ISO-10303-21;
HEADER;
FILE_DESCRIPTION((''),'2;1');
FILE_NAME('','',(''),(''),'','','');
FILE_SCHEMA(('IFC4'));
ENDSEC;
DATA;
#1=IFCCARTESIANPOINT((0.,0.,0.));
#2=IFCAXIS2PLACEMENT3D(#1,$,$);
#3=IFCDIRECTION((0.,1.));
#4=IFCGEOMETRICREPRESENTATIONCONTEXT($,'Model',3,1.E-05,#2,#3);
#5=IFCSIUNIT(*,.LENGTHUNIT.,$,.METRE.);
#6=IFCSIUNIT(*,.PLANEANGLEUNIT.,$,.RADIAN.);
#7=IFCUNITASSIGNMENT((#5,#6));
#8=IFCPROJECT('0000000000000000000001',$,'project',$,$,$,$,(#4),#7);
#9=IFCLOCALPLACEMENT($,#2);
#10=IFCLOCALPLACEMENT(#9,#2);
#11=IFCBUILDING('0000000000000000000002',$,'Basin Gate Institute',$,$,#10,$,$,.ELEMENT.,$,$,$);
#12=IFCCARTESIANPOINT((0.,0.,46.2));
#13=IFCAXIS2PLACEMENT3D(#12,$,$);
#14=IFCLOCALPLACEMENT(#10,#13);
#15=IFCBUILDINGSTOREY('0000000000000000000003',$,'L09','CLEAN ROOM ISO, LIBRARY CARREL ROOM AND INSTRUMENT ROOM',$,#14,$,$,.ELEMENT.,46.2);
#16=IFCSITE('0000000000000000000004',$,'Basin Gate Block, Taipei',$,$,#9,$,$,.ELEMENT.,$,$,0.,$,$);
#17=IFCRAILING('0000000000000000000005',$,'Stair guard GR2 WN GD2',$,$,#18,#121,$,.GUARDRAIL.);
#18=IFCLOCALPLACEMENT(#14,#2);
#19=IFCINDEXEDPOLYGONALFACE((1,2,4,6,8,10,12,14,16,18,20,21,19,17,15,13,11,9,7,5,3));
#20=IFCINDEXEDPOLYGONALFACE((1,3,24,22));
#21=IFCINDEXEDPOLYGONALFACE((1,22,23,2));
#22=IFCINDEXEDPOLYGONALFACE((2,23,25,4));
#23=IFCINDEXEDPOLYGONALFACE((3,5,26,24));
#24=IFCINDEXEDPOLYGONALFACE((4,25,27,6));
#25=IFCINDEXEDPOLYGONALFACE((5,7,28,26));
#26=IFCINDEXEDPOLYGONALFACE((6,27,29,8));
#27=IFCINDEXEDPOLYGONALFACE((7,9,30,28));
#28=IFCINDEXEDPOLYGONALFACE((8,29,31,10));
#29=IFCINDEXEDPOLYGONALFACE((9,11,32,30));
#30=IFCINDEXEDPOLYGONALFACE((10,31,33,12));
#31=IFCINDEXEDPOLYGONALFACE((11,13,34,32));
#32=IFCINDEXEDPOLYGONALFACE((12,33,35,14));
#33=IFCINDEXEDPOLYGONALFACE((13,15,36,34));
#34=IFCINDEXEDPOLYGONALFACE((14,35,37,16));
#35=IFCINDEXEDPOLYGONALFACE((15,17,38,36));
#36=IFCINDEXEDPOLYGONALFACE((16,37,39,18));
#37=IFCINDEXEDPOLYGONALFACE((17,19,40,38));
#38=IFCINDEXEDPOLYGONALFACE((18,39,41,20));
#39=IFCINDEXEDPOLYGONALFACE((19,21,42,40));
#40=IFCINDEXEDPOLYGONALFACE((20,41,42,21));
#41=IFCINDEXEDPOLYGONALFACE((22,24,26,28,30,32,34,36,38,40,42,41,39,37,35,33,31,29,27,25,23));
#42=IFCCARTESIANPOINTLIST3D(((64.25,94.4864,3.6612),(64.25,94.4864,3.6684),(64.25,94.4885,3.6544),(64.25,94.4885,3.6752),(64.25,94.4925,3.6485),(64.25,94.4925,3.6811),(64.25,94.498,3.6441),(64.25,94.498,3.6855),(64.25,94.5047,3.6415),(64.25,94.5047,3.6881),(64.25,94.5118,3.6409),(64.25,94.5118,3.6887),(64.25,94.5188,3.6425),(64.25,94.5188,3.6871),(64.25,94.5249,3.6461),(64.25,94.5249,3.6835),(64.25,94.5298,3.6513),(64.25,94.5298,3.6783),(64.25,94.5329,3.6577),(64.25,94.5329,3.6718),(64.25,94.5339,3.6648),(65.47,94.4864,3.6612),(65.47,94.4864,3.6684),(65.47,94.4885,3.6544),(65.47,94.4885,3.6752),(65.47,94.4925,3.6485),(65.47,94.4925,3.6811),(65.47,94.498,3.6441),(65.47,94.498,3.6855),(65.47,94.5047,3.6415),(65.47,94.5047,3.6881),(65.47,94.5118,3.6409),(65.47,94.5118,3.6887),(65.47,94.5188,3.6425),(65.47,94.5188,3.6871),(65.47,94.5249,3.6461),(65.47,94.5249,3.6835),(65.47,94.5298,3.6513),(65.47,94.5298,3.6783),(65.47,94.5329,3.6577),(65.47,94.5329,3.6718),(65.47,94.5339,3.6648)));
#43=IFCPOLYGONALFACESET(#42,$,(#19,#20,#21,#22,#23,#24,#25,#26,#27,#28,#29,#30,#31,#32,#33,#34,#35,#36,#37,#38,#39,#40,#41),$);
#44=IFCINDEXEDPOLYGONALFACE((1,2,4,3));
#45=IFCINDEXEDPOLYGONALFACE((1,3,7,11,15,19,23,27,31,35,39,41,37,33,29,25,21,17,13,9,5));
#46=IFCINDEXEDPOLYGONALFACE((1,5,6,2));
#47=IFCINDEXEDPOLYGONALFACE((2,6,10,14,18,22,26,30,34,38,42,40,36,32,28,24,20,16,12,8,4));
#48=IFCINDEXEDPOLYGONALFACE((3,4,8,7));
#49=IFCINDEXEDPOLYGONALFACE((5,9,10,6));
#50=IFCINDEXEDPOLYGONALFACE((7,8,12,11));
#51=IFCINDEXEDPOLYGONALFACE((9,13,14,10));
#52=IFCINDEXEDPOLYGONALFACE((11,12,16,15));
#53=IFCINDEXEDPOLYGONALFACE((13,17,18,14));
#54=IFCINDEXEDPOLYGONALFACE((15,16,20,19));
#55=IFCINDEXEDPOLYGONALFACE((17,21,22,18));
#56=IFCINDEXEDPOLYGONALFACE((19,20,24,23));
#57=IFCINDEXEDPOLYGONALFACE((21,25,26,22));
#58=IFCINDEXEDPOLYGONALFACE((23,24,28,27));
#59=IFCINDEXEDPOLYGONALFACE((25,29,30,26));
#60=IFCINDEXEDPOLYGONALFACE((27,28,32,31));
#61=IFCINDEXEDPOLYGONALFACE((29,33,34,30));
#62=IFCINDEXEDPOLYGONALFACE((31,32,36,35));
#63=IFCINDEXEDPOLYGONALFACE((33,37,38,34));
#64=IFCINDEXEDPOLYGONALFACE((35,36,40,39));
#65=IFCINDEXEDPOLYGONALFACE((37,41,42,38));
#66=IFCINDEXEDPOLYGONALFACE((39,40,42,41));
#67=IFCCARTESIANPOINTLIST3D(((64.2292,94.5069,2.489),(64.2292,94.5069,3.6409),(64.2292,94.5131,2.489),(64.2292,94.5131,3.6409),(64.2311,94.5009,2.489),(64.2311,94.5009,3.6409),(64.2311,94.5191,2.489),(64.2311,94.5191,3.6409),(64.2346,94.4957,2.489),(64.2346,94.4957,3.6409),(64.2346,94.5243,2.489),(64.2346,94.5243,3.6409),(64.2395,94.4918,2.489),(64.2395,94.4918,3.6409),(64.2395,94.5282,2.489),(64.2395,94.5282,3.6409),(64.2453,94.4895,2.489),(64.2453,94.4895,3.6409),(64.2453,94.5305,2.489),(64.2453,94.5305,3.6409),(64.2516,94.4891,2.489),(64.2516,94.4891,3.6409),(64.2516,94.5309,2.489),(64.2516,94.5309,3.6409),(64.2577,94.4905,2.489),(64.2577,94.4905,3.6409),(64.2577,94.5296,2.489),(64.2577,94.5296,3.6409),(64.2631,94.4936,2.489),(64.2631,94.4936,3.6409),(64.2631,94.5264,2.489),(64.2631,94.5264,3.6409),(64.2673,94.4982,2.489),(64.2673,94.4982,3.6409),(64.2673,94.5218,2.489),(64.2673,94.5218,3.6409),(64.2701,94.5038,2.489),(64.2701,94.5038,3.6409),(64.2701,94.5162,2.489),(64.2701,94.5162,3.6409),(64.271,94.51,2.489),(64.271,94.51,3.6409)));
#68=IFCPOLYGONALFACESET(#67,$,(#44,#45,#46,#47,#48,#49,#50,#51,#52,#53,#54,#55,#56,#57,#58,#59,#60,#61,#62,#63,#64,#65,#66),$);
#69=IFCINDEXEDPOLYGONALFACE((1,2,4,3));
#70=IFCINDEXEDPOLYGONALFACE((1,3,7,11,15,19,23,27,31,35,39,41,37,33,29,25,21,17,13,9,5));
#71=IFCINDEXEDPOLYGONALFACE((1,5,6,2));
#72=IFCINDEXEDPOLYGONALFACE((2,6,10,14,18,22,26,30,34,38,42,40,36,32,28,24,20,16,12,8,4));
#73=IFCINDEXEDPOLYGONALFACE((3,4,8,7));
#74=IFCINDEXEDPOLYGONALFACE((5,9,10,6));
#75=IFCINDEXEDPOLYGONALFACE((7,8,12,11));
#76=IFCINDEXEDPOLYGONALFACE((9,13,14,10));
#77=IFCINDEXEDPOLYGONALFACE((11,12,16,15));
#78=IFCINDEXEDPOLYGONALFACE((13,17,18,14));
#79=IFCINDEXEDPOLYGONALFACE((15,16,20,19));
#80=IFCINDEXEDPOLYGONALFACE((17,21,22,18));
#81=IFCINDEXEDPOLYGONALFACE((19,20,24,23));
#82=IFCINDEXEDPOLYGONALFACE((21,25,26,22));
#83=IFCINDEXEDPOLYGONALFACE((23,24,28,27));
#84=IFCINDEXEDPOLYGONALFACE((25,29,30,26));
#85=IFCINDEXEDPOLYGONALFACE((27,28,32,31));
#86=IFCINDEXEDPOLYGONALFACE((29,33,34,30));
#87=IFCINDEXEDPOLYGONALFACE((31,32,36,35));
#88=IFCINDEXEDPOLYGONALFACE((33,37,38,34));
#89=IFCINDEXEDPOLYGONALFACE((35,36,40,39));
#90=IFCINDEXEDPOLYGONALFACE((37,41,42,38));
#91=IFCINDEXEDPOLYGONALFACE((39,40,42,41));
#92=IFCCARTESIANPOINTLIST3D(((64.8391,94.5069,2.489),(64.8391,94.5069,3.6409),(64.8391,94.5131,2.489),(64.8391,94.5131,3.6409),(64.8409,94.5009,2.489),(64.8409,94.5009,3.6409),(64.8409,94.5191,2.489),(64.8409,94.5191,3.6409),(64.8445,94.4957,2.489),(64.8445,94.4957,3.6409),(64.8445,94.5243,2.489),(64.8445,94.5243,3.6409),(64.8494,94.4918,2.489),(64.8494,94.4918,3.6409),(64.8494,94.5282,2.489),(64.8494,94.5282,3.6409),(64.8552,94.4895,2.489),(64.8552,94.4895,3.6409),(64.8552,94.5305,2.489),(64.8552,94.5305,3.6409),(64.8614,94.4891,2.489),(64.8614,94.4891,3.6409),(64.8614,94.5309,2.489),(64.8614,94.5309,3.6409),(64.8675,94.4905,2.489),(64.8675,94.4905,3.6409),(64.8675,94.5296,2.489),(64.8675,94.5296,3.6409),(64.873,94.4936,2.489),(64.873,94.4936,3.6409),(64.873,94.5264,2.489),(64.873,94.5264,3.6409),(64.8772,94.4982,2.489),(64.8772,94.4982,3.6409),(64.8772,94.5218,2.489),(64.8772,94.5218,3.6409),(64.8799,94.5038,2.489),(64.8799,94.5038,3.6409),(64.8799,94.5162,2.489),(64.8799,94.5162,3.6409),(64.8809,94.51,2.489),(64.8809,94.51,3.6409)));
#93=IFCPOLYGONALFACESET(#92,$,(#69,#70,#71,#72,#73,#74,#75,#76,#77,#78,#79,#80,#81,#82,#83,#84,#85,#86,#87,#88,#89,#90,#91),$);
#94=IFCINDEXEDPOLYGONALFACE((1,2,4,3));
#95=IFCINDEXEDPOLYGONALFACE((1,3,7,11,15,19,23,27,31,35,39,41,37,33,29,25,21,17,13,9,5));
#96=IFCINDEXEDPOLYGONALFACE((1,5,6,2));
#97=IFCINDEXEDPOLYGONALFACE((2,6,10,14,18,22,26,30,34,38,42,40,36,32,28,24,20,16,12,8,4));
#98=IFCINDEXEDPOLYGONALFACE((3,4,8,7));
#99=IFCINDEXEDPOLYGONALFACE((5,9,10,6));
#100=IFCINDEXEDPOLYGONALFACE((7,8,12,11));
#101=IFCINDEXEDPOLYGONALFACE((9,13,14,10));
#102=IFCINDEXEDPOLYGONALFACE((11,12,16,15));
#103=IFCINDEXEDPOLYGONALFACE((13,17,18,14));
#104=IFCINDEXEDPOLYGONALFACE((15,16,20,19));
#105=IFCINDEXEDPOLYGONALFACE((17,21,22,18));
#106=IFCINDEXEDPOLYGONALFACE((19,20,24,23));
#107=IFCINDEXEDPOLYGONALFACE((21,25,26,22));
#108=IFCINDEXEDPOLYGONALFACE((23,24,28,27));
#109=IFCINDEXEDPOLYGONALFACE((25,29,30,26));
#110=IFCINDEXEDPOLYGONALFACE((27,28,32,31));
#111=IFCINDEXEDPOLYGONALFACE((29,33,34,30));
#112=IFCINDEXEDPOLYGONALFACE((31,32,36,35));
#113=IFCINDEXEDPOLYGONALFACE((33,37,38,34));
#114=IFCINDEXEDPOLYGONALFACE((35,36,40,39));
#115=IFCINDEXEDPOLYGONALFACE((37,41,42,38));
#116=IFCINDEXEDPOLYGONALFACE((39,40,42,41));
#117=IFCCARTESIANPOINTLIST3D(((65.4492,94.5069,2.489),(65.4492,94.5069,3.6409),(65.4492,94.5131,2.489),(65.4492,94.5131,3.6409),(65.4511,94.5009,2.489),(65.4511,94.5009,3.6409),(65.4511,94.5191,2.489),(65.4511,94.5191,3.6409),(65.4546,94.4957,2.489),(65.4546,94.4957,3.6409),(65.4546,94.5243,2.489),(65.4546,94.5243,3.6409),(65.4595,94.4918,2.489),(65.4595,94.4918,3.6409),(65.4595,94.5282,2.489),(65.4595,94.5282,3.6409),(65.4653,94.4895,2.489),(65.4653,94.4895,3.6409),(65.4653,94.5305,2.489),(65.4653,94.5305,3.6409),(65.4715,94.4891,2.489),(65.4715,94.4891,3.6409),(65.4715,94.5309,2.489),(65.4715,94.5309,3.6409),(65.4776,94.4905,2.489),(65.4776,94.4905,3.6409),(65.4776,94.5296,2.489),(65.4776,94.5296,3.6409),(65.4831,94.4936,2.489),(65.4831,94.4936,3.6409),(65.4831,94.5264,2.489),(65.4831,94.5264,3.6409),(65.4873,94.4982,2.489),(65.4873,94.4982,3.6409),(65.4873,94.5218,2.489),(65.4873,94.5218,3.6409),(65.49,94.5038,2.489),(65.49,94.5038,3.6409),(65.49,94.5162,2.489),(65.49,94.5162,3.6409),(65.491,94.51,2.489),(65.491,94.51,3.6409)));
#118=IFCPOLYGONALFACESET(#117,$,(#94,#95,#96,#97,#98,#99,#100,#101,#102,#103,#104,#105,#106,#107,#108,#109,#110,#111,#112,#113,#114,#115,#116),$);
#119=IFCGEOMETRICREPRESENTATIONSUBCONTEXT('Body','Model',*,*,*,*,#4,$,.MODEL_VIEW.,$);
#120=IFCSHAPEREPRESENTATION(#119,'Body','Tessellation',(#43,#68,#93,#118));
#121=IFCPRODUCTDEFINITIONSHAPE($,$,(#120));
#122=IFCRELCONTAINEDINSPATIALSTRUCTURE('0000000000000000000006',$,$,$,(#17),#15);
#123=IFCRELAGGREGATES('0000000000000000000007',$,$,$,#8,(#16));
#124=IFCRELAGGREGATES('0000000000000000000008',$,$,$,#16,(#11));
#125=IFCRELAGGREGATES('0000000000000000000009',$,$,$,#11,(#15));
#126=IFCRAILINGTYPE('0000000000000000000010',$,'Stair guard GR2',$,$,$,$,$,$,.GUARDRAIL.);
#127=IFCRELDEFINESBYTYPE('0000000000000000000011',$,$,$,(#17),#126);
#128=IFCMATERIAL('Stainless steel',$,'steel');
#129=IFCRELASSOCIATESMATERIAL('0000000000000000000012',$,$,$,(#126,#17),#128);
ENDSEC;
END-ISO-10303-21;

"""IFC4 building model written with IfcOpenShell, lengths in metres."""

from ifc_helpers import new_model, si_unit, direction, frame, origin, origin_2d, place, context, subcontext, project, spatial, circle, extrude, material, type_object, element, save


model = new_model("IFC4")

# Units and contexts
model_context = context("Model", 3, precision=1e-05, world=origin(), true_north=direction((0.0, 1.0)))
body_context = subcontext(model_context, "Body", "Model", "MODEL_VIEW")
ifc_project = project(units=[si_unit("LENGTHUNIT", "METRE"), si_unit("PLANEANGLEUNIT", "RADIAN")], contexts=[model_context])

# Site, building, storey
site_placement = place(None, origin())
site = spatial("IfcSite", under=ifc_project, at=site_placement, Name="Basin Gate Block, Taipei", CompositionType="ELEMENT", RefElevation=0.0)
building_placement = place(site_placement, origin())
building = spatial("IfcBuilding", under=site, at=building_placement, Name="Basin Gate Institute", CompositionType="ELEMENT")
storey_placement = place(building_placement, frame((0.0, 0.0, 46.2)))
storey = spatial("IfcBuildingStorey", under=building, at=storey_placement, Name="L09", Description="CLEAN ROOM ISO, LIBRARY CARREL ROOM AND INSTRUMENT ROOM", CompositionType="ELEMENT", Elevation=46.2)

# Railing
ifc_material_1 = material(Name="Stainless steel", Category="steel")
railing_type_1 = type_object("IfcRailingType", Name="Stair guard GR2", PredefinedType="GUARDRAIL", material=ifc_material_1)
railing_1_placement = place(storey_placement, frame((64.25, 94.51, 2.489)))
element("IfcRailing", 1, at=railing_1_placement, inside=storey, type_object=railing_type_1, material=ifc_material_1, Name="Stair guard GR2 WN GD2", PredefinedType="GUARDRAIL", context=body_context, shape_type="SweptSolid", body=[
    extrude(circle(Radius=0.0239, at=origin_2d()), frame((0.0, 0.0, 1.1758), z_axis=(1.0, 0.0, 0.0), x_axis=(0.0, 1.0, 0.0)), (0.0, 0.0, 1.0), 1.22),
    extrude(circle(Radius=0.021, at=origin_2d()), origin(), (0.0, 0.0, 1.0), 1.1519),
    extrude(circle(Radius=0.021, at=origin_2d()), frame((0.6099, 0.0, 0.0)), (0.0, 0.0, 1.0), 1.1519),
    extrude(circle(Radius=0.021, at=origin_2d()), frame((1.22, 0.0, 0.0)), (0.0, 0.0, 1.0), 1.1519),
])

save(model, "model.ifc")
